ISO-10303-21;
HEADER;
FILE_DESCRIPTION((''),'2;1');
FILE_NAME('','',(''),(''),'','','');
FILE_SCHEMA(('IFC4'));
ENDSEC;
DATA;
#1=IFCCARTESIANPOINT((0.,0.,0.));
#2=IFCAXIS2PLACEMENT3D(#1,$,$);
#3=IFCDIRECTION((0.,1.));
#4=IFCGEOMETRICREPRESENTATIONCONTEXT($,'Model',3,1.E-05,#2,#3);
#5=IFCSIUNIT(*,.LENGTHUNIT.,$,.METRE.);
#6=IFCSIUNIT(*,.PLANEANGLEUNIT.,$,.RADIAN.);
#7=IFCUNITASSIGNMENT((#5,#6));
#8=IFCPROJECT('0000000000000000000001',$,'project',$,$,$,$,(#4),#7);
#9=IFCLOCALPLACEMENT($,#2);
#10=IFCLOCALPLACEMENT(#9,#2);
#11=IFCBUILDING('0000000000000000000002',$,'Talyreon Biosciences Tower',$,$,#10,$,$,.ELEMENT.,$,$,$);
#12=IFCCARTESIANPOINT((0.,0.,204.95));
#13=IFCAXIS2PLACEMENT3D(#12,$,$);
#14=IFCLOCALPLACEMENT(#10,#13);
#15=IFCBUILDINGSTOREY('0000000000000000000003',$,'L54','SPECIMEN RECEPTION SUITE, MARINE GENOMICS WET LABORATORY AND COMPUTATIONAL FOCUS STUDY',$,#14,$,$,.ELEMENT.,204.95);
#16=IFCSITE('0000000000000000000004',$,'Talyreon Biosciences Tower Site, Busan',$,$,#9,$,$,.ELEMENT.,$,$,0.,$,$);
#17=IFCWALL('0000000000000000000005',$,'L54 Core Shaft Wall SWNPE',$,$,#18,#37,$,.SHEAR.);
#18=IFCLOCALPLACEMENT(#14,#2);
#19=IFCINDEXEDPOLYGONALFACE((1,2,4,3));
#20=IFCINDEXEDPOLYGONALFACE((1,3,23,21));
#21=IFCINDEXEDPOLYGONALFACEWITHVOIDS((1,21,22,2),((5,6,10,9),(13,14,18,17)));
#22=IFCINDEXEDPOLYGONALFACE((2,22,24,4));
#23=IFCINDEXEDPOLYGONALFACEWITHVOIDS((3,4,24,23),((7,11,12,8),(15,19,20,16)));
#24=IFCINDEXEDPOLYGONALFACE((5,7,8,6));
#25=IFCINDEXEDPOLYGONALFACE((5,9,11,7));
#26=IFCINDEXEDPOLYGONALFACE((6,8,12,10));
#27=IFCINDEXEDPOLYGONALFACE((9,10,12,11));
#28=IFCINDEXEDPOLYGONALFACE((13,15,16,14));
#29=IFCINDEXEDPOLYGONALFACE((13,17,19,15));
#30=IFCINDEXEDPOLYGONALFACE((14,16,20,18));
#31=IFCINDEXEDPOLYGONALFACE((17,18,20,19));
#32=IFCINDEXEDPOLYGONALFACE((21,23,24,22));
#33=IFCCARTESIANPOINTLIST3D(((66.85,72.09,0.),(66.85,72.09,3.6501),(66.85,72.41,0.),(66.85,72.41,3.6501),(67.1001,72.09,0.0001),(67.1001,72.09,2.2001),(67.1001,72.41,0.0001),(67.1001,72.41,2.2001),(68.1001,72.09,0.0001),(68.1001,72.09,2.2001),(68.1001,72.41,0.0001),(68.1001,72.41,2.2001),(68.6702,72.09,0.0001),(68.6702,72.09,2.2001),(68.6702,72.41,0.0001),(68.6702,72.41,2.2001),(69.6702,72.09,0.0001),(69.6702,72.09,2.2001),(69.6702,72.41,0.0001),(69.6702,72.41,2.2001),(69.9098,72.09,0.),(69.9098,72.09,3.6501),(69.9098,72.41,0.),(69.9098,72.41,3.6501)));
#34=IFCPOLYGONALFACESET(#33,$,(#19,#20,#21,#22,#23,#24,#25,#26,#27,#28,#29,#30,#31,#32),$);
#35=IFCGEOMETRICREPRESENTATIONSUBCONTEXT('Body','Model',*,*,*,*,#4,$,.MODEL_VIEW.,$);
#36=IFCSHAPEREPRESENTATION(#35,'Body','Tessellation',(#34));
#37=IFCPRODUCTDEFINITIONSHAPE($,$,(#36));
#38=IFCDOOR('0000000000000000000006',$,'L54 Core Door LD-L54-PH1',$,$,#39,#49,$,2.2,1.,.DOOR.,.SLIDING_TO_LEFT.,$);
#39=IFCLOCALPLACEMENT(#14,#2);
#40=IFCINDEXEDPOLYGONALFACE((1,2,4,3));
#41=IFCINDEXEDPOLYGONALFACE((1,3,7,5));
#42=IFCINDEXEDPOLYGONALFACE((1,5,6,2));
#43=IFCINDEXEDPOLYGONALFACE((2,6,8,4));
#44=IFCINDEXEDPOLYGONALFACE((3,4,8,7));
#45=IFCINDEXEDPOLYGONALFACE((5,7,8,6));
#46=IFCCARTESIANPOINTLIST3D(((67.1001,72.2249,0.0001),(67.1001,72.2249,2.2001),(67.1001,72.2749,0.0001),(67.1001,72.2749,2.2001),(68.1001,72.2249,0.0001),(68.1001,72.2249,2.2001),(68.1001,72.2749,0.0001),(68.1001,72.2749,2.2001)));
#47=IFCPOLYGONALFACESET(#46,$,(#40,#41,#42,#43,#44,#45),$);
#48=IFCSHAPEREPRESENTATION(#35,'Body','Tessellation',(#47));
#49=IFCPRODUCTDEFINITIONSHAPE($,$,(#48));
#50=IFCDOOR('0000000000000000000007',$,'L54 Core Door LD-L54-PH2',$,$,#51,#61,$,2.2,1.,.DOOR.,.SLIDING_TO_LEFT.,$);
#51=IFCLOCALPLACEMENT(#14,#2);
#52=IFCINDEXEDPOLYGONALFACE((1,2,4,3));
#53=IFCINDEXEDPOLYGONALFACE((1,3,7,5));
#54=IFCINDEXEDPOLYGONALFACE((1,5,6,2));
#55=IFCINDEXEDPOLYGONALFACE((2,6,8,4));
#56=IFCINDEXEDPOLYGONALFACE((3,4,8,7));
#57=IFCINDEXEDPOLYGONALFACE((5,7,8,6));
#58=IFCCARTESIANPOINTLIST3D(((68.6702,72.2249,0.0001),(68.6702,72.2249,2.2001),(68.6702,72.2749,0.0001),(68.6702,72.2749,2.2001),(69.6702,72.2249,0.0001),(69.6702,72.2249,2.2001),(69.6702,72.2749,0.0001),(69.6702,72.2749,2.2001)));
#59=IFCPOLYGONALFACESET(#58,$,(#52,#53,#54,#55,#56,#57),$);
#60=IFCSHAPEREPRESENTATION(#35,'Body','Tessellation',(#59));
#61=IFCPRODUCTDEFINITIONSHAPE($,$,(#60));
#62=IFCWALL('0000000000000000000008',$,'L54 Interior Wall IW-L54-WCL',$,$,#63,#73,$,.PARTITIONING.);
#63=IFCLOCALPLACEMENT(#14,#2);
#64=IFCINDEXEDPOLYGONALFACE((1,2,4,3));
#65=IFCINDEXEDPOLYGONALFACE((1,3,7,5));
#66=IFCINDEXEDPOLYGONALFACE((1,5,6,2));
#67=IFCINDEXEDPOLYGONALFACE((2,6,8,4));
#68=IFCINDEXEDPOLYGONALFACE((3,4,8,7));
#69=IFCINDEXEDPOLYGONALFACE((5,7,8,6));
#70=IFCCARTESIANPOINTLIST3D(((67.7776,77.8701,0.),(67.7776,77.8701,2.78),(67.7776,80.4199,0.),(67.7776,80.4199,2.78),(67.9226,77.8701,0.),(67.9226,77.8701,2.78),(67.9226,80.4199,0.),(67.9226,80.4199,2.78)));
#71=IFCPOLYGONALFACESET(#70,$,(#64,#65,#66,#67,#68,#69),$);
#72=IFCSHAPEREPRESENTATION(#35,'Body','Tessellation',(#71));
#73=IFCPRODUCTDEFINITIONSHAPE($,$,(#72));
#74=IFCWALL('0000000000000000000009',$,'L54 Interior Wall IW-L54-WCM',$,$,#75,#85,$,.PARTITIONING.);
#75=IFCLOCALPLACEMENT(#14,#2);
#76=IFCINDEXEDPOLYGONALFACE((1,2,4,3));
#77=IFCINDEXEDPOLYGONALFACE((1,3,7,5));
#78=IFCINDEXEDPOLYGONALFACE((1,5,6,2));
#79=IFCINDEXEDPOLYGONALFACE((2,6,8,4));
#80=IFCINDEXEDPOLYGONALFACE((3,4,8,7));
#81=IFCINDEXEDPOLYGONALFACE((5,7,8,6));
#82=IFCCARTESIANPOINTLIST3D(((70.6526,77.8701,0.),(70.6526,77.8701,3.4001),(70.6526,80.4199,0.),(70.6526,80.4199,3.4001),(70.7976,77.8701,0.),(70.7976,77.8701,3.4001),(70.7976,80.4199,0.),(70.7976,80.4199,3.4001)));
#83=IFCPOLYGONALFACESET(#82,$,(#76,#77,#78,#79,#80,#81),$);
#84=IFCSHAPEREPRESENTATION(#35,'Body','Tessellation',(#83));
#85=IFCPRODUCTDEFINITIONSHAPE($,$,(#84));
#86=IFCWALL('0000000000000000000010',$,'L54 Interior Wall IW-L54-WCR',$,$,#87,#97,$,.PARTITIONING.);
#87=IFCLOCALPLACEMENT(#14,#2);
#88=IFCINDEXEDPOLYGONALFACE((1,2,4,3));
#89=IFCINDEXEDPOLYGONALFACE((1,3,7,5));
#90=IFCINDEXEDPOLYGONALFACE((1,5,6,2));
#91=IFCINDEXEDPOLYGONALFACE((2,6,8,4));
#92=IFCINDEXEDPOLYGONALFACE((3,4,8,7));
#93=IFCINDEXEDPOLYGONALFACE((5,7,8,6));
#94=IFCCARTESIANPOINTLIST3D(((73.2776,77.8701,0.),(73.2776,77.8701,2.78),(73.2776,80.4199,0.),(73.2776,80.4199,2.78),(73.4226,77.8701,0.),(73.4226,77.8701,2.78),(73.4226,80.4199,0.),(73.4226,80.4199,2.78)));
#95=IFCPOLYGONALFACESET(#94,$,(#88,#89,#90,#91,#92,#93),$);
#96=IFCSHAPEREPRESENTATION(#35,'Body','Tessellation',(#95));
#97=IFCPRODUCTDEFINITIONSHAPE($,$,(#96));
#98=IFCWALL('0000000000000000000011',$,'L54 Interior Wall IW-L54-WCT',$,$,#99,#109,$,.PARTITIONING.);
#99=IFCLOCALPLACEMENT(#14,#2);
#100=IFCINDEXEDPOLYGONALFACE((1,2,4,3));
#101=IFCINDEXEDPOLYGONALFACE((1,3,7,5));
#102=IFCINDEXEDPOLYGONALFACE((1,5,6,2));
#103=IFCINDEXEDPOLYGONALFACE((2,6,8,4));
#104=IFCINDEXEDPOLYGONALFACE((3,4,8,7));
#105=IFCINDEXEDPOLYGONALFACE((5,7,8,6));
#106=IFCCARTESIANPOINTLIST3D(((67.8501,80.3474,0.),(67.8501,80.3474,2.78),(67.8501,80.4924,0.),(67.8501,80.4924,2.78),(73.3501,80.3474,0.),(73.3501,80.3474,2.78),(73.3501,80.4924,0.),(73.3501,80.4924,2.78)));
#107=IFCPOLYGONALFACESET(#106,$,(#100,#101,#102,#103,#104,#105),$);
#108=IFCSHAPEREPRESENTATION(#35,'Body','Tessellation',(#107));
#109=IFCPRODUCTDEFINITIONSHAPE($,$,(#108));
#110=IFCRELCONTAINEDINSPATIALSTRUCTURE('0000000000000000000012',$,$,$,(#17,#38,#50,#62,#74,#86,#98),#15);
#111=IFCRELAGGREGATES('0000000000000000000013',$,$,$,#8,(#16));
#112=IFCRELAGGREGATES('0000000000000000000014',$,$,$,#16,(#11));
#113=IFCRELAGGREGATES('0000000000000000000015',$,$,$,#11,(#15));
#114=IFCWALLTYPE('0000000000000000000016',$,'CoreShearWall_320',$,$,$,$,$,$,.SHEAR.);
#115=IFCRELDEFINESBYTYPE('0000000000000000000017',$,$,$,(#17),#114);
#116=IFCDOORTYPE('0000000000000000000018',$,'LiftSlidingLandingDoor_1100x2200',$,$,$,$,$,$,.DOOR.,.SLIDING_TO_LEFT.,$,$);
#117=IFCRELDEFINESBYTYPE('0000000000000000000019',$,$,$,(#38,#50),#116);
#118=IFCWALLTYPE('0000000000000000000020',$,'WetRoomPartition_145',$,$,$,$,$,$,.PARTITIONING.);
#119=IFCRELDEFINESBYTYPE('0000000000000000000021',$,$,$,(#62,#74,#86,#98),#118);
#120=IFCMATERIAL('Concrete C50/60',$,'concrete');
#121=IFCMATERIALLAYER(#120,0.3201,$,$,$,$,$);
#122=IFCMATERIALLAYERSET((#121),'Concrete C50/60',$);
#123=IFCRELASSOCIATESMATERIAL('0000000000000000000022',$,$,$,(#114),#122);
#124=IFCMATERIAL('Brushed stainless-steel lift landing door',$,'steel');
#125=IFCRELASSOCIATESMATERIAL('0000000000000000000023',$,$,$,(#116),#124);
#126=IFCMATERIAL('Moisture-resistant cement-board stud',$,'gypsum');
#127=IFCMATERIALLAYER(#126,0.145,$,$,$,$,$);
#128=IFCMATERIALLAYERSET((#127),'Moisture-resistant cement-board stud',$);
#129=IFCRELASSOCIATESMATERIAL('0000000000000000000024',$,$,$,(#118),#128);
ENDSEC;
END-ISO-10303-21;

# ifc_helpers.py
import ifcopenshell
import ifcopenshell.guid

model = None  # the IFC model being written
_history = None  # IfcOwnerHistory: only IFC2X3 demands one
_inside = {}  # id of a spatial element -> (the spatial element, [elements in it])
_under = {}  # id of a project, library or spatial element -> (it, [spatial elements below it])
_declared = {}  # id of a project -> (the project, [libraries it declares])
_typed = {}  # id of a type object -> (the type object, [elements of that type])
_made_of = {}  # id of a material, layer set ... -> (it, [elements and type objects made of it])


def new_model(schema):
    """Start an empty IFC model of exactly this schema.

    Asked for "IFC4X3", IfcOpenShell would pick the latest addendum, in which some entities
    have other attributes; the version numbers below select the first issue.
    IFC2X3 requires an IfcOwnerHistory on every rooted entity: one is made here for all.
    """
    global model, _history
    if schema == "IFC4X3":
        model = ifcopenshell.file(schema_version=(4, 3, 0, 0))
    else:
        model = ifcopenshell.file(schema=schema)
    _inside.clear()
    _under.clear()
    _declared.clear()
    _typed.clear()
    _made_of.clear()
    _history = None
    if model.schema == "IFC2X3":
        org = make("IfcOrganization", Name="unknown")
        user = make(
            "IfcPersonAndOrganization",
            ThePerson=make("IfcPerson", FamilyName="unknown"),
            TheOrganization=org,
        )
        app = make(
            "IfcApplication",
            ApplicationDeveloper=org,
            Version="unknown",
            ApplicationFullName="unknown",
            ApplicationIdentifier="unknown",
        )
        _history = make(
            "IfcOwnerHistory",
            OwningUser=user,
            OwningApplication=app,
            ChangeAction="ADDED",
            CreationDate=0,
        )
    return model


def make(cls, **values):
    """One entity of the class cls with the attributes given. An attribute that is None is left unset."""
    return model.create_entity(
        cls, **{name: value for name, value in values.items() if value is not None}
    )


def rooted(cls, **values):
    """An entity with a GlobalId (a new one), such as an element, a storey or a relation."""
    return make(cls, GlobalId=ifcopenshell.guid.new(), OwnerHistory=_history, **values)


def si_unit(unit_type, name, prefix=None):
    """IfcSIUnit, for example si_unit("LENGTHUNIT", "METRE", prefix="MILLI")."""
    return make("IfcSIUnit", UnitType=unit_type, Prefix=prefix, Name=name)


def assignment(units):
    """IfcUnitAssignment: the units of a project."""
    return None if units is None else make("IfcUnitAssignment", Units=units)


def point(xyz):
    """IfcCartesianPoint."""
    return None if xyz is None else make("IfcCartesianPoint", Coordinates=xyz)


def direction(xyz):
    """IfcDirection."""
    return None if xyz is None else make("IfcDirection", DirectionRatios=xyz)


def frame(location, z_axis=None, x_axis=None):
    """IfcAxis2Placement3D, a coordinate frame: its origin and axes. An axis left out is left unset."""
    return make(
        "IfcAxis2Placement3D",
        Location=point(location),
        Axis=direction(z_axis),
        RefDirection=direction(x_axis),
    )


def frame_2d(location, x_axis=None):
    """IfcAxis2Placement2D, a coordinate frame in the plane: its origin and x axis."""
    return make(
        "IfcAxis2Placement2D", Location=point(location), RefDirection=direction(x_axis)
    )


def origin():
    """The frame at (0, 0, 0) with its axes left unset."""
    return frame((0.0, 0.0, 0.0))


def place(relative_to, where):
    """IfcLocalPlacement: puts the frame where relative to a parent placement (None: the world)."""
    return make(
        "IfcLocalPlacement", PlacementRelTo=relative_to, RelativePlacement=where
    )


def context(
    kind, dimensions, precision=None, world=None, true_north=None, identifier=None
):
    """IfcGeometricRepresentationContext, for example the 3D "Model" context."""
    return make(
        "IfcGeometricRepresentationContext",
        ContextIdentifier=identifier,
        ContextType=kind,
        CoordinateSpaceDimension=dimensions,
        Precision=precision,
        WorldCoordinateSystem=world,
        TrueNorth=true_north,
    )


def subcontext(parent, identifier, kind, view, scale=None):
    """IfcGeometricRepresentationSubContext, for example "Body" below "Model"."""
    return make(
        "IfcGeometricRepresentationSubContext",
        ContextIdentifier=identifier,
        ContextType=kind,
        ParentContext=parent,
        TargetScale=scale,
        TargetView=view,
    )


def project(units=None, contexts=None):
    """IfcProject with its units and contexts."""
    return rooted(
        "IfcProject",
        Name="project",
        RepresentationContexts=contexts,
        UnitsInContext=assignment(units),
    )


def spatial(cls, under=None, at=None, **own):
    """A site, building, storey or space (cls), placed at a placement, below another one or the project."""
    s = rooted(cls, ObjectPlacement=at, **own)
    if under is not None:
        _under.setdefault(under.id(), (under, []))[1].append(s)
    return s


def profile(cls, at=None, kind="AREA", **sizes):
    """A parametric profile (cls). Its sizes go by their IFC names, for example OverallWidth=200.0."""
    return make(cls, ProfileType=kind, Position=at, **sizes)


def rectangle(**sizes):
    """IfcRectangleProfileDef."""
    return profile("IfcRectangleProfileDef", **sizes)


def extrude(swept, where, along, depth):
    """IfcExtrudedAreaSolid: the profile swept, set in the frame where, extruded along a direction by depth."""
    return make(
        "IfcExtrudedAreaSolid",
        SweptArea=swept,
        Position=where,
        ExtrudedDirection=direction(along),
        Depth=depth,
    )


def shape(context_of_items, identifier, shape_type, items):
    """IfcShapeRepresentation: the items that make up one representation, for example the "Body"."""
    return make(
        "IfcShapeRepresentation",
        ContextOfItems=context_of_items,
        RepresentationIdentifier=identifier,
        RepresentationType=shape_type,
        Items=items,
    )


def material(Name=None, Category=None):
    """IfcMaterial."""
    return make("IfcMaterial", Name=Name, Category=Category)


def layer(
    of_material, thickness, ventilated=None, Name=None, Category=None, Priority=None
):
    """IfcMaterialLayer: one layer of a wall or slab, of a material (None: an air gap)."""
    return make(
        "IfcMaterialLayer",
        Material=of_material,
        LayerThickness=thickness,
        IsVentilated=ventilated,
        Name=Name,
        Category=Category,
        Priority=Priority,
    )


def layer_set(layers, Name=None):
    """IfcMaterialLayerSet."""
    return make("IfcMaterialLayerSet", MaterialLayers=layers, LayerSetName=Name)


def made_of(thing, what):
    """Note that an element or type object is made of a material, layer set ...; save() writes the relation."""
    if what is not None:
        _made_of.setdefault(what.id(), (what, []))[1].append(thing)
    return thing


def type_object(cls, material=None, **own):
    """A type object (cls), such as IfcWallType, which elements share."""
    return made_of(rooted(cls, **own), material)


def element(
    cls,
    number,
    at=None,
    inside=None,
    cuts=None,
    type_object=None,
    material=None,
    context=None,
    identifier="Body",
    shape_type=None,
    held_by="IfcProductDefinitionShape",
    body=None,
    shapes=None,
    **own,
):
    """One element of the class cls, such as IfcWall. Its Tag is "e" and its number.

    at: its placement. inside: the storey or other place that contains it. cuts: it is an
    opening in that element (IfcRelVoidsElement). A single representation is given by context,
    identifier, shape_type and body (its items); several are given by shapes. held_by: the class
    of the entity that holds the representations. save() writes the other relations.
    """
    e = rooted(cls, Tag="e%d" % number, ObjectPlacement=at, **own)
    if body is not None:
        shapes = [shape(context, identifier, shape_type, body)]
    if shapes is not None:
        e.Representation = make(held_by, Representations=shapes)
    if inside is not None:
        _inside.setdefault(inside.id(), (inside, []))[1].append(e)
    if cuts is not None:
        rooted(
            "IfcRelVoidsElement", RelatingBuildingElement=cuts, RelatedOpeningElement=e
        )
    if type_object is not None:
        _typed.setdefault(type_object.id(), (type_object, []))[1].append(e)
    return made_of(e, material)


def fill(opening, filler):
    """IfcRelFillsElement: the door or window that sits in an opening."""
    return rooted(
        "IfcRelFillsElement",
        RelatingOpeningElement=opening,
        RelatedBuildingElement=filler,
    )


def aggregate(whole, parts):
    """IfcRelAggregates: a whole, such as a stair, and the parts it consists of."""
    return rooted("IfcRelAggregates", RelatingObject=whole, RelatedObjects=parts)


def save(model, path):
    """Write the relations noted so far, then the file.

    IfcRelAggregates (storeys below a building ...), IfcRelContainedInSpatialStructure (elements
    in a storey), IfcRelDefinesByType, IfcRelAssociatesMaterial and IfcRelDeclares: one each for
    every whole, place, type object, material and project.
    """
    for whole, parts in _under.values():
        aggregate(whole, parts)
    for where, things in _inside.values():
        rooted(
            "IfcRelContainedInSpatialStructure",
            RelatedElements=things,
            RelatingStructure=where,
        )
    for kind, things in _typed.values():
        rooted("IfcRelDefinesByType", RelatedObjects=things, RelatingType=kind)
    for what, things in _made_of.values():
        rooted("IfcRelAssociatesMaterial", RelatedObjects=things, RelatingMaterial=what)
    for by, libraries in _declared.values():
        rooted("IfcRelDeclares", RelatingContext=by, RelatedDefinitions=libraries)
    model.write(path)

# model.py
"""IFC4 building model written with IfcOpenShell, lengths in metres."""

from ifc_helpers import new_model, si_unit, direction, frame, frame_2d, origin, place, context, subcontext, project, spatial, rectangle, extrude, material, layer, layer_set, type_object, element, fill, save


model = new_model("IFC4")

# Units and contexts
model_context = context("Model", 3, precision=1e-05, world=origin(), true_north=direction((0.0, 1.0)))
body_context = subcontext(model_context, "Body", "Model", "MODEL_VIEW")
ifc_project = project(units=[si_unit("LENGTHUNIT", "METRE"), si_unit("PLANEANGLEUNIT", "RADIAN")], contexts=[model_context])

# Site, building, storey
site_placement = place(None, origin())
site = spatial("IfcSite", under=ifc_project, at=site_placement, Name="Talyreon Biosciences Tower Site, Busan", CompositionType="ELEMENT", RefElevation=0.0)
building_placement = place(site_placement, origin())
building = spatial("IfcBuilding", under=site, at=building_placement, Name="Talyreon Biosciences Tower", CompositionType="ELEMENT")
storey_placement = place(building_placement, frame((0.0, 0.0, 204.95)))
storey = spatial("IfcBuildingStorey", under=building, at=storey_placement, Name="L54", Description="SPECIMEN RECEPTION SUITE, MARINE GENOMICS WET LABORATORY AND COMPUTATIONAL FOCUS STUDY", CompositionType="ELEMENT", Elevation=204.95)

# Shared definitions
ifc_material_1 = material(Name="Concrete C50/60", Category="concrete")

# Shared definitions
ifc_layer_1 = layer(ifc_material_1, 0.3201)
ifc_layer_set_1 = layer_set([ifc_layer_1], Name="Concrete C50/60")
wall_type_1 = type_object("IfcWallType", Name="CoreShearWall_320", PredefinedType="SHEAR", material=ifc_layer_set_1)

# Wall, openings, doors
wall_1_placement = place(storey_placement, frame((66.8501, 72.25, 0.0), z_axis=(0.0, 0.0, 1.0), x_axis=(1.0, 0.0, 0.0)))
wall_1 = element("IfcWall", 1, at=wall_1_placement, inside=storey, type_object=wall_type_1, Name="L54 Core Shaft Wall SWNPE", PredefinedType="SHEAR", context=body_context, shape_type="SweptSolid", body=[
    extrude(rectangle(XDim=3.0598, YDim=0.3201, at=frame_2d((1.5298, 0.0))), origin(), (0.0, 0.0, 1.0), 3.6501),
])
opening_1_placement = place(wall_1_placement, frame((0.25, 0.0, 0.0)))
opening_1 = element("IfcOpeningElement", 2, at=opening_1_placement, cuts=wall_1, PredefinedType="OPENING", context=body_context, shape_type="SweptSolid", body=[
    extrude(rectangle(XDim=1.0, YDim=2.2, at=frame_2d((0.5, 1.1001))), frame((0.0, 0.1699, 0.0), z_axis=(0.0, -1.0, 0.0), x_axis=(1.0, 0.0, 0.0)), (0.0, 0.0, 1.0), 0.3401),
])
opening_2_placement = place(wall_1_placement, frame((1.8201, 0.0, 0.0)))
opening_2 = element("IfcOpeningElement", 3, at=opening_2_placement, cuts=wall_1, PredefinedType="OPENING", context=body_context, shape_type="SweptSolid", body=[
    extrude(rectangle(XDim=1.0, YDim=2.2, at=frame_2d((0.5, 1.1001))), frame((0.0, 0.1699, 0.0), z_axis=(0.0, -1.0, 0.0), x_axis=(1.0, 0.0, 0.0)), (0.0, 0.0, 1.0), 0.3401),
])
ifc_material_2 = material(Name="Brushed stainless-steel lift landing door", Category="steel")
door_type = type_object("IfcDoorType", Name="LiftSlidingLandingDoor_1100x2200", OperationType="SLIDING_TO_LEFT", PredefinedType="DOOR", material=ifc_material_2)
door_1_placement = place(opening_1_placement, origin())
door_1 = element("IfcDoor", 4, at=door_1_placement, inside=storey, type_object=door_type, Name="L54 Core Door LD-L54-PH1", OperationType="SLIDING_TO_LEFT", OverallHeight=2.2, OverallWidth=1.0, PredefinedType="DOOR", context=body_context, shape_type="SweptSolid", body=[
    extrude(rectangle(XDim=1.0, YDim=2.2, at=frame_2d((0.5, 1.1001))), frame((0.0, 0.0249, 0.0), z_axis=(0.0, -1.0, 0.0), x_axis=(1.0, 0.0, 0.0)), (0.0, 0.0, 1.0), 0.05),
])
fill(opening_1, door_1)
door_2_placement = place(opening_2_placement, origin())
door_2 = element("IfcDoor", 5, at=door_2_placement, inside=storey, type_object=door_type, Name="L54 Core Door LD-L54-PH2", OperationType="SLIDING_TO_LEFT", OverallHeight=2.2, OverallWidth=1.0, PredefinedType="DOOR", context=body_context, shape_type="SweptSolid", body=[
    extrude(rectangle(XDim=1.0, YDim=2.2, at=frame_2d((0.5, 1.1001))), frame((0.0, 0.0249, 0.0), z_axis=(0.0, -1.0, 0.0), x_axis=(1.0, 0.0, 0.0)), (0.0, 0.0, 1.0), 0.05),
])
fill(opening_2, door_2)

# Walls
ifc_material_3 = material(Name="Moisture-resistant cement-board stud", Category="gypsum")
ifc_layer_2 = layer(ifc_material_3, 0.145)
ifc_layer_set_2 = layer_set([ifc_layer_2], Name="Moisture-resistant cement-board stud")
wall_type_2 = type_object("IfcWallType", Name="WetRoomPartition_145", PredefinedType="PARTITIONING", material=ifc_layer_set_2)
wall_2_placement = place(storey_placement, frame((67.8501, 77.8701, 0.0), z_axis=(0.0, 0.0, 1.0), x_axis=(0.0, 1.0, 0.0)))
element("IfcWall", 6, at=wall_2_placement, inside=storey, type_object=wall_type_2, Name="L54 Interior Wall IW-L54-WCL", PredefinedType="PARTITIONING", context=body_context, shape_type="SweptSolid", body=[
    extrude(rectangle(XDim=2.5498, YDim=0.145, at=frame_2d((1.2749, 0.0))), origin(), (0.0, 0.0, 1.0), 2.78),
])
wall_3_placement = place(storey_placement, frame((70.7251, 77.8701, 0.0), z_axis=(0.0, 0.0, 1.0), x_axis=(0.0, 1.0, 0.0)))
element("IfcWall", 7, at=wall_3_placement, inside=storey, type_object=wall_type_2, Name="L54 Interior Wall IW-L54-WCM", PredefinedType="PARTITIONING", context=body_context, shape_type="SweptSolid", body=[
    extrude(rectangle(XDim=2.5498, YDim=0.145, at=frame_2d((1.2749, 0.0))), origin(), (0.0, 0.0, 1.0), 3.4001),
])
wall_4_placement = place(storey_placement, frame((73.3501, 77.8701, 0.0), z_axis=(0.0, 0.0, 1.0), x_axis=(0.0, 1.0, 0.0)))
element("IfcWall", 8, at=wall_4_placement, inside=storey, type_object=wall_type_2, Name="L54 Interior Wall IW-L54-WCR", PredefinedType="PARTITIONING", context=body_context, shape_type="SweptSolid", body=[
    extrude(rectangle(XDim=2.5498, YDim=0.145, at=frame_2d((1.2749, 0.0))), origin(), (0.0, 0.0, 1.0), 2.78),
])
wall_5_placement = place(storey_placement, frame((67.8501, 80.4199, 0.0), z_axis=(0.0, 0.0, 1.0), x_axis=(1.0, 0.0, 0.0)))
element("IfcWall", 9, at=wall_5_placement, inside=storey, type_object=wall_type_2, Name="L54 Interior Wall IW-L54-WCT", PredefinedType="PARTITIONING", context=body_context, shape_type="SweptSolid", body=[
    extrude(rectangle(XDim=5.5, YDim=0.145, at=frame_2d((2.75, 0.0))), origin(), (0.0, 0.0, 1.0), 2.78),
])

save(model, "model.ifc")
